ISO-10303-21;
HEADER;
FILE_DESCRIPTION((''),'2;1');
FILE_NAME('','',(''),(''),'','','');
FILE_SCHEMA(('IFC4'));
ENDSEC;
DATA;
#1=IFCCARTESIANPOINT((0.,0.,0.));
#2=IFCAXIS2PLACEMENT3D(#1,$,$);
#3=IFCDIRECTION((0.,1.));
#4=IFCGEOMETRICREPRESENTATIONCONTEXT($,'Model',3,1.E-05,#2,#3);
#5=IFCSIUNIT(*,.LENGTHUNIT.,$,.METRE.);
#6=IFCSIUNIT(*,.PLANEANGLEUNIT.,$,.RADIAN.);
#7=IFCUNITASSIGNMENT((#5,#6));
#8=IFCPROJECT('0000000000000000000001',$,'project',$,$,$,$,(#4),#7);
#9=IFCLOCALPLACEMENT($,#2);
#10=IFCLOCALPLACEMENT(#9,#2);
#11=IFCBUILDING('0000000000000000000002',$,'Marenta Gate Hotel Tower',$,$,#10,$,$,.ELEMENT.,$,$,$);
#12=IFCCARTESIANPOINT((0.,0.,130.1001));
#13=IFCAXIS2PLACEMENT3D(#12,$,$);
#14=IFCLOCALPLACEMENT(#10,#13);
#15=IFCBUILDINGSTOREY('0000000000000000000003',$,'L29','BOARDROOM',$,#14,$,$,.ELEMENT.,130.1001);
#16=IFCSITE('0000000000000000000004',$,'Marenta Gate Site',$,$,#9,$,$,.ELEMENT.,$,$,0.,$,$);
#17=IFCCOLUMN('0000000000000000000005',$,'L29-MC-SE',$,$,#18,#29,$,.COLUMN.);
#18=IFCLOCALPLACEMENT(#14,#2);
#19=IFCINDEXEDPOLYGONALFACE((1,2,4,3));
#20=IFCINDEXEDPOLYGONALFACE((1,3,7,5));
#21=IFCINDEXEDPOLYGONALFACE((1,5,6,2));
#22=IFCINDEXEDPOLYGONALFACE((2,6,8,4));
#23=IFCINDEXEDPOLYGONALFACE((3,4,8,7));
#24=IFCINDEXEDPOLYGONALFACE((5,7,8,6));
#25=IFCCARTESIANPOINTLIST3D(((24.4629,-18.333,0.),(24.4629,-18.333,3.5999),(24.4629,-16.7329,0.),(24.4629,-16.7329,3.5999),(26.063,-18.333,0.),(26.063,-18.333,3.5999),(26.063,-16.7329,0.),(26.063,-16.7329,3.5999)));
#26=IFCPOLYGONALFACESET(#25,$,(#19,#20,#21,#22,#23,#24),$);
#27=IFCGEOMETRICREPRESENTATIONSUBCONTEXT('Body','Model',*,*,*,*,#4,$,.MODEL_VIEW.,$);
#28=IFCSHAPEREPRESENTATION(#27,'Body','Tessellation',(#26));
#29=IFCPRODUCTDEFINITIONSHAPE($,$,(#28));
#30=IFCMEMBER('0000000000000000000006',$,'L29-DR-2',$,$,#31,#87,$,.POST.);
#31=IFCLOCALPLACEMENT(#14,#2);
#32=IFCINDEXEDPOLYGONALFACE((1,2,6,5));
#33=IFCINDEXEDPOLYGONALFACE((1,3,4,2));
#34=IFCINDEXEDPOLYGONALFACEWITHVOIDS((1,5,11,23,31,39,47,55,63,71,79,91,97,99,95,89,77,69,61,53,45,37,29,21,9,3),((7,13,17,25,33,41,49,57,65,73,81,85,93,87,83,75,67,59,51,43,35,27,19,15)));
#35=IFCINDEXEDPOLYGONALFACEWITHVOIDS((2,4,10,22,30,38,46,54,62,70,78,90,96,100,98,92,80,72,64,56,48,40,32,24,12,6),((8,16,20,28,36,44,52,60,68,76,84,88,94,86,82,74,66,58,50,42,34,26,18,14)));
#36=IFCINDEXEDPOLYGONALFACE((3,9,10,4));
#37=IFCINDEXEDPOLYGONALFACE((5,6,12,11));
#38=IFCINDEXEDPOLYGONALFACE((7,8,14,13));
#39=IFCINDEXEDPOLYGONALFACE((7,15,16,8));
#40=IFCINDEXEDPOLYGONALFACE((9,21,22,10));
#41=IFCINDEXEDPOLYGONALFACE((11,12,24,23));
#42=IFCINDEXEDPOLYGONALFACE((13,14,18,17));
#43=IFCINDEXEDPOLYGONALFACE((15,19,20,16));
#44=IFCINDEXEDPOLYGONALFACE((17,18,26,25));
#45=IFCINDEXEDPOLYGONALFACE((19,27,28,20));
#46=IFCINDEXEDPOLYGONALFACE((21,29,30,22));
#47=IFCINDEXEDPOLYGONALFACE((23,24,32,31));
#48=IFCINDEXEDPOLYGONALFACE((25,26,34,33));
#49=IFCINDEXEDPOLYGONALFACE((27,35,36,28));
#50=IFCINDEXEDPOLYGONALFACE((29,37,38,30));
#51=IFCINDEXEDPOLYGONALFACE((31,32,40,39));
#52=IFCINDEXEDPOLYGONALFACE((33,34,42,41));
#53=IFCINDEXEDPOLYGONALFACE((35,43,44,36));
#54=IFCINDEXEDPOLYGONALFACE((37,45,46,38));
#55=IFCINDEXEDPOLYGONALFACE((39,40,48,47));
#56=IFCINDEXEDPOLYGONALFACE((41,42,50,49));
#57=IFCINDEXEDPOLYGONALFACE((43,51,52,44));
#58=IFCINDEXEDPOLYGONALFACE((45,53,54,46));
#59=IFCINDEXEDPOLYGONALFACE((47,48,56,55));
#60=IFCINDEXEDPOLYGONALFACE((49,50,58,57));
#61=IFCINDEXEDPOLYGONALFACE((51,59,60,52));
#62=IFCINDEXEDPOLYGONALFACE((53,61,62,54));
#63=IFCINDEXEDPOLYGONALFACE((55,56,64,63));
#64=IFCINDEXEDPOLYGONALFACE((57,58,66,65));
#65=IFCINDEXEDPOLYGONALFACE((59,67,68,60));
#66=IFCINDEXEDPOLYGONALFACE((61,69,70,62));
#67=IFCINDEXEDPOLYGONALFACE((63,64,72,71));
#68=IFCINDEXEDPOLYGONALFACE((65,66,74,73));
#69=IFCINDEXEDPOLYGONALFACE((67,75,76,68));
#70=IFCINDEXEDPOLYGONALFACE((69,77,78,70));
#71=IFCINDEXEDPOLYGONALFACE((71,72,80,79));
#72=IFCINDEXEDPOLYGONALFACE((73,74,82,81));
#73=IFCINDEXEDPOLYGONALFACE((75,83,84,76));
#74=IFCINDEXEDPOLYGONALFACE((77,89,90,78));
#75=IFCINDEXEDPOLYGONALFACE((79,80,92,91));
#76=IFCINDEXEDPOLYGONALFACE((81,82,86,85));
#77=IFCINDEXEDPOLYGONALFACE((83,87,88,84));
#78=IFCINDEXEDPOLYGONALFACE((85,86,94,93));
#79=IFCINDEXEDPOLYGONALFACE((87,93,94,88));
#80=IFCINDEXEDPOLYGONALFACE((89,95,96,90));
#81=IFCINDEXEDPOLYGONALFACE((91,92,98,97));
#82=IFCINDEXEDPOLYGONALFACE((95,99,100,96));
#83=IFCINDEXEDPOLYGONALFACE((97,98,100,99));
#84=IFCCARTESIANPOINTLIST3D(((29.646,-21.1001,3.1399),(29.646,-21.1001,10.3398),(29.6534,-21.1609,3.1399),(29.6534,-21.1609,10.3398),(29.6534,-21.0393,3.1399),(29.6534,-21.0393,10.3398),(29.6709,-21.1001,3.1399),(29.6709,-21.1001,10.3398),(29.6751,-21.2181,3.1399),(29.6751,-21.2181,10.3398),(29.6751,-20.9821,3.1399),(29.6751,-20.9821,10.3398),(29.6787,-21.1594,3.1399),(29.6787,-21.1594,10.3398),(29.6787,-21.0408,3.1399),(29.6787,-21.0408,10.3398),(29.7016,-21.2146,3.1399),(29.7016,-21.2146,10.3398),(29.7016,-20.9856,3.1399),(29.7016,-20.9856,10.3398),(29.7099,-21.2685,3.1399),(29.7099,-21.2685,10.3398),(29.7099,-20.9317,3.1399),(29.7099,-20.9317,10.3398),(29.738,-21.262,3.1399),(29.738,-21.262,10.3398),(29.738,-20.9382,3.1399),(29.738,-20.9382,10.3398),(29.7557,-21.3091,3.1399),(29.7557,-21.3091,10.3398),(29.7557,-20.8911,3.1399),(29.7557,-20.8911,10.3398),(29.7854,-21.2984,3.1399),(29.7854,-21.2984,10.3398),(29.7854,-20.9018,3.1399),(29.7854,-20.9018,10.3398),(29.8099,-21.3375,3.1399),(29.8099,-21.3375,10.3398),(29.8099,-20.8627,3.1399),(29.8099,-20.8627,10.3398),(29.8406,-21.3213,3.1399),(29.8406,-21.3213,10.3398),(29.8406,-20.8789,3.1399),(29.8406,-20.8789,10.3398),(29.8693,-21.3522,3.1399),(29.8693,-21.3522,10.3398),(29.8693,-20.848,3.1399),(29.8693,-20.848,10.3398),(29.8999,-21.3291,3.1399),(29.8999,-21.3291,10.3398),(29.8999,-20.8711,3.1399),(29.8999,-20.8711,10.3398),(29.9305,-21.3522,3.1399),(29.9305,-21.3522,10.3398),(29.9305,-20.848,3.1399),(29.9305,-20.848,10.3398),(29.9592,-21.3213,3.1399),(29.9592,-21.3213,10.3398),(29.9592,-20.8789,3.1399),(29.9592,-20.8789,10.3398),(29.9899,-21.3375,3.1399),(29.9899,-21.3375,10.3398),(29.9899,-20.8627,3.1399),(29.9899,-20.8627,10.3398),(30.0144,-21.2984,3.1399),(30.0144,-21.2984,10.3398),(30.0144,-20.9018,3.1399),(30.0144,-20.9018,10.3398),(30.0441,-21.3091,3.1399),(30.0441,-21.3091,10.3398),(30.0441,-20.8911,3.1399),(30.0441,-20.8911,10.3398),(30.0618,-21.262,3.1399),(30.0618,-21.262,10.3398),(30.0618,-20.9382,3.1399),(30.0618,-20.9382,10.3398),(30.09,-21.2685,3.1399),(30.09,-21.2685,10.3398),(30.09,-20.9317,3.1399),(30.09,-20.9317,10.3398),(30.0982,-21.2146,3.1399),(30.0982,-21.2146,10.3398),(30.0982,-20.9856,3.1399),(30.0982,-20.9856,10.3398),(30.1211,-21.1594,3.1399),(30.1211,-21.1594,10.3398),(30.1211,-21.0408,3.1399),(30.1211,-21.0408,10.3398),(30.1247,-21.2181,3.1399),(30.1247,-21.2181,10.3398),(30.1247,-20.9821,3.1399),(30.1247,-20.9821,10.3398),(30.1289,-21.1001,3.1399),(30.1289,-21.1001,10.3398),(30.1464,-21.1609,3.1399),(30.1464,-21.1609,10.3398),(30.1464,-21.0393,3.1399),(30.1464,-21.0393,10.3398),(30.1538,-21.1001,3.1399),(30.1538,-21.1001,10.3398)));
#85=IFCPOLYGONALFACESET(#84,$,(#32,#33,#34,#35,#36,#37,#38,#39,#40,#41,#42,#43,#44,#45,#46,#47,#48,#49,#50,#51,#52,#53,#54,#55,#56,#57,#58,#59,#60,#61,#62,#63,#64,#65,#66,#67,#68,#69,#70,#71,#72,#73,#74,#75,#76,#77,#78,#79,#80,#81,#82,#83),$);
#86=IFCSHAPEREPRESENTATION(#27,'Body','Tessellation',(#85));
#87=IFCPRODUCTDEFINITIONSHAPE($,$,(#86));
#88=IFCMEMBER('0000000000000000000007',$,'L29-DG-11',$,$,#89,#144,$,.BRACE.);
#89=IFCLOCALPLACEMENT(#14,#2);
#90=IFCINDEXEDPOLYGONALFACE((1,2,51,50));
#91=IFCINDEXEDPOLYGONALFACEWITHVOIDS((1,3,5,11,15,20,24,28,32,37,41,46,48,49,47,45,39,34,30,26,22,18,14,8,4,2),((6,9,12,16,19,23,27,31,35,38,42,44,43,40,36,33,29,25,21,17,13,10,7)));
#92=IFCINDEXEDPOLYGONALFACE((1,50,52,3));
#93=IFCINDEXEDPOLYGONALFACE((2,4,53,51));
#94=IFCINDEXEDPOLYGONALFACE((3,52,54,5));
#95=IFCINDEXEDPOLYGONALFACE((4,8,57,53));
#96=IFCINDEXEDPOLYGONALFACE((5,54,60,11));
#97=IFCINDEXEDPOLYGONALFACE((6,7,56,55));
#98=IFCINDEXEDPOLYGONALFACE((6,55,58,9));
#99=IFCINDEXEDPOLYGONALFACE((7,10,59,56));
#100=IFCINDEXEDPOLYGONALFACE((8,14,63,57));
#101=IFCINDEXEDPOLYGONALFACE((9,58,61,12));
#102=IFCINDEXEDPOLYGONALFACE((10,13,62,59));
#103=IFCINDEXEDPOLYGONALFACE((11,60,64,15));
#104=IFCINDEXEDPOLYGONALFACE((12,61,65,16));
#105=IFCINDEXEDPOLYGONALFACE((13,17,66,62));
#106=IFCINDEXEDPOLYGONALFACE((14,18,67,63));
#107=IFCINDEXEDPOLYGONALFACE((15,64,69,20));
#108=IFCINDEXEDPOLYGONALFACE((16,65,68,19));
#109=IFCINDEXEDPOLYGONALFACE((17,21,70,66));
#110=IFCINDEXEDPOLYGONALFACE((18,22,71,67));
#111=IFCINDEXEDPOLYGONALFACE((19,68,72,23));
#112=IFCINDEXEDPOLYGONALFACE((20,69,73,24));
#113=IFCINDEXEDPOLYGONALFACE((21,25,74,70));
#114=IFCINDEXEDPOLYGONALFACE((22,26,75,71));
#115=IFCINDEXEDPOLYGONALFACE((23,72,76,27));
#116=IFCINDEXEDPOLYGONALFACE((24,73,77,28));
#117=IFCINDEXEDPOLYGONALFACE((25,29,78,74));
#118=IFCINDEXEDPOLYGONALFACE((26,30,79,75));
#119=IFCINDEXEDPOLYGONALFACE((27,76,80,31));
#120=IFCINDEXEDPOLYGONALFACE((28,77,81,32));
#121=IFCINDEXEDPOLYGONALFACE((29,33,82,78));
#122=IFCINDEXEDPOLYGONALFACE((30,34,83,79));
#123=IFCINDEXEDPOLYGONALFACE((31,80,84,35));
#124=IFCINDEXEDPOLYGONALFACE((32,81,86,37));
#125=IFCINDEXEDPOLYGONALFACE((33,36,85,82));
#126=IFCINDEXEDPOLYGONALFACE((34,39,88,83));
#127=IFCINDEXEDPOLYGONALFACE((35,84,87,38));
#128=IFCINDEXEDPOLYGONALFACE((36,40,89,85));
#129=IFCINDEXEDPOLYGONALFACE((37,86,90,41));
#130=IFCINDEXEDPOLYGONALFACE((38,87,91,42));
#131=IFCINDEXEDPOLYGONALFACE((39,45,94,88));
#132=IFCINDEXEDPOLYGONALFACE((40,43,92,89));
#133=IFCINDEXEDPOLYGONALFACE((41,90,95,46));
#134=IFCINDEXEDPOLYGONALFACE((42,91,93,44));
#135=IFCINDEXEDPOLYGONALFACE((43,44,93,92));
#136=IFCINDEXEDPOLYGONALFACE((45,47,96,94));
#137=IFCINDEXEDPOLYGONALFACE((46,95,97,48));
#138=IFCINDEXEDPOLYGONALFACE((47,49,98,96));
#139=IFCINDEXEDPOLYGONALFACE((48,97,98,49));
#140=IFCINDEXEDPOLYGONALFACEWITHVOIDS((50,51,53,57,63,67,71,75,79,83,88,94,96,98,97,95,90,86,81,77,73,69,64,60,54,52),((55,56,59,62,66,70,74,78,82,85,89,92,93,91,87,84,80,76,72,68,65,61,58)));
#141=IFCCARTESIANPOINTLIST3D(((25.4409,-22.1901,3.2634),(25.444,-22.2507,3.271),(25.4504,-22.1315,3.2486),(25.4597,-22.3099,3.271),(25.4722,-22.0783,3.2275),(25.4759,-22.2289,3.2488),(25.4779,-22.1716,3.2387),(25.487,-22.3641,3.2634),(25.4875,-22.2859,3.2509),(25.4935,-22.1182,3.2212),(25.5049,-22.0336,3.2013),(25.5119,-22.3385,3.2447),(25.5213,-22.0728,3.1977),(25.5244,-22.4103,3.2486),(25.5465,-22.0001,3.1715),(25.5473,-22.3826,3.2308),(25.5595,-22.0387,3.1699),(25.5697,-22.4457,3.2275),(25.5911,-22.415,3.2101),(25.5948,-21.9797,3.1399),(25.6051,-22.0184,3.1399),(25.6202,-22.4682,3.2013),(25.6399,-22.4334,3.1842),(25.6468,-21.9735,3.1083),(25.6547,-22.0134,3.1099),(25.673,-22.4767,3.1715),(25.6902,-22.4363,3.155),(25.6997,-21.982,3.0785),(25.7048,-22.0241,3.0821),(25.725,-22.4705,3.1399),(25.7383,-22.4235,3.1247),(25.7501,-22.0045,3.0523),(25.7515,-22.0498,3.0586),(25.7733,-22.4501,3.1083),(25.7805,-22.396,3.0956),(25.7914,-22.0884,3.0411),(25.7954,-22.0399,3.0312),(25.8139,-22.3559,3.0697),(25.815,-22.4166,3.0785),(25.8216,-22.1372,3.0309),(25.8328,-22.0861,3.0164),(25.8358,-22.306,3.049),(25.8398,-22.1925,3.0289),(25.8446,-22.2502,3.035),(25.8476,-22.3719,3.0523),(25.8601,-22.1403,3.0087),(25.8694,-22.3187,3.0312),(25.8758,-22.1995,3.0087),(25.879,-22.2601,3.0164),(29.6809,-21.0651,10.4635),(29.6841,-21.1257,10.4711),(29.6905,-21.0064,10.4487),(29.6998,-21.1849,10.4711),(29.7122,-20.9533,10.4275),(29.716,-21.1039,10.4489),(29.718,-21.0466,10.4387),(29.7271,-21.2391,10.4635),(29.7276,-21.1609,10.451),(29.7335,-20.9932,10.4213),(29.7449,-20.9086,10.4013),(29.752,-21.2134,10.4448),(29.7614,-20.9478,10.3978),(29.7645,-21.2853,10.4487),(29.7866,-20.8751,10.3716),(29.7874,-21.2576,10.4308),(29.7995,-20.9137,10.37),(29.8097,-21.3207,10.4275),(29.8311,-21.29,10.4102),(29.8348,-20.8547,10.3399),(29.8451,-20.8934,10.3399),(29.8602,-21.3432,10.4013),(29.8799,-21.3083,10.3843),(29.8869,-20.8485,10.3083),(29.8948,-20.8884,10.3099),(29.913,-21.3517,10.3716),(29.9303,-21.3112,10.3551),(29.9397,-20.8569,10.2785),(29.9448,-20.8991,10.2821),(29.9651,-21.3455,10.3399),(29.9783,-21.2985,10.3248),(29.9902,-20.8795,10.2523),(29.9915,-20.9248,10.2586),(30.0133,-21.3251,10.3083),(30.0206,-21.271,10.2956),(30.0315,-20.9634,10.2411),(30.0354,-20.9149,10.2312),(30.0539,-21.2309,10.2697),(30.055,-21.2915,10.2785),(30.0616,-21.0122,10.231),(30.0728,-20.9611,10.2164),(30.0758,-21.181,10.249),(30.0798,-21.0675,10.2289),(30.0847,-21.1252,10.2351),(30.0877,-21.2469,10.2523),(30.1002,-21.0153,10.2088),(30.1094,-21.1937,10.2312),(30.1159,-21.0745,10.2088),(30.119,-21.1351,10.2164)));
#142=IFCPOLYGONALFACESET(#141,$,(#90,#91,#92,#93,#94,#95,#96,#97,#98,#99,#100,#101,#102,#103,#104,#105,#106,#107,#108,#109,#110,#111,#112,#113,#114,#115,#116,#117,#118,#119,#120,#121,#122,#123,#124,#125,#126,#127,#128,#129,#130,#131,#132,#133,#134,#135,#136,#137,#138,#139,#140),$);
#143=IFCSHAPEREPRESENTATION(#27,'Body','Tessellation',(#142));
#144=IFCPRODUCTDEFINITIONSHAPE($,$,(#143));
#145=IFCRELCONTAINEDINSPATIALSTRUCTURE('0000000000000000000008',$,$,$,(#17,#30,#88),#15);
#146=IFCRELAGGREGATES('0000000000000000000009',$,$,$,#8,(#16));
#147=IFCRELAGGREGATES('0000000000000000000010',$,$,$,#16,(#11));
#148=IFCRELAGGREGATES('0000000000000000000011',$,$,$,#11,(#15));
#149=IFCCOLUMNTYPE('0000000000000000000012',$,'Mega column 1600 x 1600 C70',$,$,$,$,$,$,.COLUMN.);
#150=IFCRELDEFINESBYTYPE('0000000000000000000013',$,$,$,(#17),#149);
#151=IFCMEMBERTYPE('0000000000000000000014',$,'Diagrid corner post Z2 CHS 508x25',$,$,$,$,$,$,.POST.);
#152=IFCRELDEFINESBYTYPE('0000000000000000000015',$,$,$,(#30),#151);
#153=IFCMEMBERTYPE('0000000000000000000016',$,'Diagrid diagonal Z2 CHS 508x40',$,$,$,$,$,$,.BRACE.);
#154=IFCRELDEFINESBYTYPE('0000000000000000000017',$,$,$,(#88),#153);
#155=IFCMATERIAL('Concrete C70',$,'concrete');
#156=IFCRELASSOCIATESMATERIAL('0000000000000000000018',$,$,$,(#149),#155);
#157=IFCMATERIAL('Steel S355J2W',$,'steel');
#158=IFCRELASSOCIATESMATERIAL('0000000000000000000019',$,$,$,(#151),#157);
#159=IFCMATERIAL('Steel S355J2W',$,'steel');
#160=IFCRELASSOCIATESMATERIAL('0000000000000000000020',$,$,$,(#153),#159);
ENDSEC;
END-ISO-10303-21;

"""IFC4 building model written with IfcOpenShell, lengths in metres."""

from ifc_helpers import new_model, si_unit, direction, frame, origin, origin_2d, place, context, subcontext, project, spatial, rectangle, hollow_circle, extrude, material, material_profile, profile_set, type_object, element, save


model = new_model("IFC4")

# Units and contexts
model_context = context("Model", 3, precision=1e-05, world=origin(), true_north=direction((0.0, 1.0)))
body_context = subcontext(model_context, "Body", "Model", "MODEL_VIEW")
ifc_project = project(units=[si_unit("LENGTHUNIT", "METRE"), si_unit("PLANEANGLEUNIT", "RADIAN")], contexts=[model_context])

# Site, building, storey
site_placement = place(None, origin())
site = spatial("IfcSite", under=ifc_project, at=site_placement, Name="Marenta Gate Site", CompositionType="ELEMENT", RefElevation=0.0)
building_placement = place(site_placement, origin())
building = spatial("IfcBuilding", under=site, at=building_placement, Name="Marenta Gate Hotel Tower", CompositionType="ELEMENT")
storey_placement = place(building_placement, frame((0.0, 0.0, 130.1001)))
storey = spatial("IfcBuildingStorey", under=building, at=storey_placement, Name="L29", Description="BOARDROOM", CompositionType="ELEMENT", Elevation=130.1001)

# Column
ifc_material_1 = material(Name="Concrete C70", Category="concrete")
ifc_material_profile_1 = material_profile(ifc_material_1, rectangle(XDim=1.6001, YDim=1.6001, at=origin_2d()), Name="1600 x 1600")
ifc_profile_set_1 = profile_set([ifc_material_profile_1], Name="Concrete C70")
column_type = type_object("IfcColumnType", Name="Mega column 1600 x 1600 C70", PredefinedType="COLUMN", material=ifc_profile_set_1)
column_placement = place(storey_placement, frame((25.2629, -17.533, 0.0), z_axis=(0.0, 0.0, 1.0), x_axis=(1.0, 0.0, 0.0)))
element("IfcColumn", 1, at=column_placement, inside=storey, type_object=column_type, Name="L29-MC-SE", PredefinedType="COLUMN", context=body_context, shape_type="SweptSolid", body=[
    extrude(rectangle(XDim=1.6001, YDim=1.6001, at=origin_2d()), origin(), (0.0, 0.0, 1.0), 3.5999),
])

# Members
ifc_material_2 = material(Name="Steel S355J2W", Category="steel")
ifc_material_profile_2 = material_profile(ifc_material_2, hollow_circle(Radius=0.2539, WallThickness=0.0249, at=origin_2d()), Name="CHS 508x25")
ifc_profile_set_2 = profile_set([ifc_material_profile_2], Name="Steel S355J2W")
member_type_1 = type_object("IfcMemberType", Name="Diagrid corner post Z2 CHS 508x25", PredefinedType="POST", material=ifc_profile_set_2)
member_1_placement = place(storey_placement, frame((29.8999, -21.1001, 3.1399), z_axis=(0.0, 0.0, 1.0), x_axis=(1.0, 0.0, 0.0)))
element("IfcMember", 2, at=member_1_placement, inside=storey, type_object=member_type_1, Name="L29-DR-2", PredefinedType="POST", context=body_context, shape_type="SweptSolid", body=[
    extrude(hollow_circle(Radius=0.2539, WallThickness=0.0249, at=origin_2d()), origin(), (0.0, 0.0, 1.0), 7.2),
])
ifc_material_3 = material(Name="Steel S355J2W", Category="steel")
ifc_material_profile_3 = material_profile(ifc_material_3, hollow_circle(Radius=0.2539, WallThickness=0.04, at=origin_2d()), Name="CHS 508x40")
ifc_profile_set_3 = profile_set([ifc_material_profile_3], Name="Steel S355J2W")
member_type_2 = type_object("IfcMemberType", Name="Diagrid diagonal Z2 CHS 508x40", PredefinedType="BRACE", material=ifc_profile_set_3)
member_2_placement = place(storey_placement, frame((25.6599, -22.2251, 3.1399), z_axis=(0.502902, 0.133435, 0.853981), x_axis=(-0.256457, 0.966556, 0.0)))
element("IfcMember", 3, at=member_2_placement, inside=storey, type_object=member_type_2, Name="L29-DG-11", PredefinedType="BRACE", context=body_context, shape_type="SweptSolid", body=[
    extrude(hollow_circle(Radius=0.2539, WallThickness=0.04, at=origin_2d()), origin(), (0.0, 0.0, 1.0), 8.4312),
])

save(model, "model.ifc")
